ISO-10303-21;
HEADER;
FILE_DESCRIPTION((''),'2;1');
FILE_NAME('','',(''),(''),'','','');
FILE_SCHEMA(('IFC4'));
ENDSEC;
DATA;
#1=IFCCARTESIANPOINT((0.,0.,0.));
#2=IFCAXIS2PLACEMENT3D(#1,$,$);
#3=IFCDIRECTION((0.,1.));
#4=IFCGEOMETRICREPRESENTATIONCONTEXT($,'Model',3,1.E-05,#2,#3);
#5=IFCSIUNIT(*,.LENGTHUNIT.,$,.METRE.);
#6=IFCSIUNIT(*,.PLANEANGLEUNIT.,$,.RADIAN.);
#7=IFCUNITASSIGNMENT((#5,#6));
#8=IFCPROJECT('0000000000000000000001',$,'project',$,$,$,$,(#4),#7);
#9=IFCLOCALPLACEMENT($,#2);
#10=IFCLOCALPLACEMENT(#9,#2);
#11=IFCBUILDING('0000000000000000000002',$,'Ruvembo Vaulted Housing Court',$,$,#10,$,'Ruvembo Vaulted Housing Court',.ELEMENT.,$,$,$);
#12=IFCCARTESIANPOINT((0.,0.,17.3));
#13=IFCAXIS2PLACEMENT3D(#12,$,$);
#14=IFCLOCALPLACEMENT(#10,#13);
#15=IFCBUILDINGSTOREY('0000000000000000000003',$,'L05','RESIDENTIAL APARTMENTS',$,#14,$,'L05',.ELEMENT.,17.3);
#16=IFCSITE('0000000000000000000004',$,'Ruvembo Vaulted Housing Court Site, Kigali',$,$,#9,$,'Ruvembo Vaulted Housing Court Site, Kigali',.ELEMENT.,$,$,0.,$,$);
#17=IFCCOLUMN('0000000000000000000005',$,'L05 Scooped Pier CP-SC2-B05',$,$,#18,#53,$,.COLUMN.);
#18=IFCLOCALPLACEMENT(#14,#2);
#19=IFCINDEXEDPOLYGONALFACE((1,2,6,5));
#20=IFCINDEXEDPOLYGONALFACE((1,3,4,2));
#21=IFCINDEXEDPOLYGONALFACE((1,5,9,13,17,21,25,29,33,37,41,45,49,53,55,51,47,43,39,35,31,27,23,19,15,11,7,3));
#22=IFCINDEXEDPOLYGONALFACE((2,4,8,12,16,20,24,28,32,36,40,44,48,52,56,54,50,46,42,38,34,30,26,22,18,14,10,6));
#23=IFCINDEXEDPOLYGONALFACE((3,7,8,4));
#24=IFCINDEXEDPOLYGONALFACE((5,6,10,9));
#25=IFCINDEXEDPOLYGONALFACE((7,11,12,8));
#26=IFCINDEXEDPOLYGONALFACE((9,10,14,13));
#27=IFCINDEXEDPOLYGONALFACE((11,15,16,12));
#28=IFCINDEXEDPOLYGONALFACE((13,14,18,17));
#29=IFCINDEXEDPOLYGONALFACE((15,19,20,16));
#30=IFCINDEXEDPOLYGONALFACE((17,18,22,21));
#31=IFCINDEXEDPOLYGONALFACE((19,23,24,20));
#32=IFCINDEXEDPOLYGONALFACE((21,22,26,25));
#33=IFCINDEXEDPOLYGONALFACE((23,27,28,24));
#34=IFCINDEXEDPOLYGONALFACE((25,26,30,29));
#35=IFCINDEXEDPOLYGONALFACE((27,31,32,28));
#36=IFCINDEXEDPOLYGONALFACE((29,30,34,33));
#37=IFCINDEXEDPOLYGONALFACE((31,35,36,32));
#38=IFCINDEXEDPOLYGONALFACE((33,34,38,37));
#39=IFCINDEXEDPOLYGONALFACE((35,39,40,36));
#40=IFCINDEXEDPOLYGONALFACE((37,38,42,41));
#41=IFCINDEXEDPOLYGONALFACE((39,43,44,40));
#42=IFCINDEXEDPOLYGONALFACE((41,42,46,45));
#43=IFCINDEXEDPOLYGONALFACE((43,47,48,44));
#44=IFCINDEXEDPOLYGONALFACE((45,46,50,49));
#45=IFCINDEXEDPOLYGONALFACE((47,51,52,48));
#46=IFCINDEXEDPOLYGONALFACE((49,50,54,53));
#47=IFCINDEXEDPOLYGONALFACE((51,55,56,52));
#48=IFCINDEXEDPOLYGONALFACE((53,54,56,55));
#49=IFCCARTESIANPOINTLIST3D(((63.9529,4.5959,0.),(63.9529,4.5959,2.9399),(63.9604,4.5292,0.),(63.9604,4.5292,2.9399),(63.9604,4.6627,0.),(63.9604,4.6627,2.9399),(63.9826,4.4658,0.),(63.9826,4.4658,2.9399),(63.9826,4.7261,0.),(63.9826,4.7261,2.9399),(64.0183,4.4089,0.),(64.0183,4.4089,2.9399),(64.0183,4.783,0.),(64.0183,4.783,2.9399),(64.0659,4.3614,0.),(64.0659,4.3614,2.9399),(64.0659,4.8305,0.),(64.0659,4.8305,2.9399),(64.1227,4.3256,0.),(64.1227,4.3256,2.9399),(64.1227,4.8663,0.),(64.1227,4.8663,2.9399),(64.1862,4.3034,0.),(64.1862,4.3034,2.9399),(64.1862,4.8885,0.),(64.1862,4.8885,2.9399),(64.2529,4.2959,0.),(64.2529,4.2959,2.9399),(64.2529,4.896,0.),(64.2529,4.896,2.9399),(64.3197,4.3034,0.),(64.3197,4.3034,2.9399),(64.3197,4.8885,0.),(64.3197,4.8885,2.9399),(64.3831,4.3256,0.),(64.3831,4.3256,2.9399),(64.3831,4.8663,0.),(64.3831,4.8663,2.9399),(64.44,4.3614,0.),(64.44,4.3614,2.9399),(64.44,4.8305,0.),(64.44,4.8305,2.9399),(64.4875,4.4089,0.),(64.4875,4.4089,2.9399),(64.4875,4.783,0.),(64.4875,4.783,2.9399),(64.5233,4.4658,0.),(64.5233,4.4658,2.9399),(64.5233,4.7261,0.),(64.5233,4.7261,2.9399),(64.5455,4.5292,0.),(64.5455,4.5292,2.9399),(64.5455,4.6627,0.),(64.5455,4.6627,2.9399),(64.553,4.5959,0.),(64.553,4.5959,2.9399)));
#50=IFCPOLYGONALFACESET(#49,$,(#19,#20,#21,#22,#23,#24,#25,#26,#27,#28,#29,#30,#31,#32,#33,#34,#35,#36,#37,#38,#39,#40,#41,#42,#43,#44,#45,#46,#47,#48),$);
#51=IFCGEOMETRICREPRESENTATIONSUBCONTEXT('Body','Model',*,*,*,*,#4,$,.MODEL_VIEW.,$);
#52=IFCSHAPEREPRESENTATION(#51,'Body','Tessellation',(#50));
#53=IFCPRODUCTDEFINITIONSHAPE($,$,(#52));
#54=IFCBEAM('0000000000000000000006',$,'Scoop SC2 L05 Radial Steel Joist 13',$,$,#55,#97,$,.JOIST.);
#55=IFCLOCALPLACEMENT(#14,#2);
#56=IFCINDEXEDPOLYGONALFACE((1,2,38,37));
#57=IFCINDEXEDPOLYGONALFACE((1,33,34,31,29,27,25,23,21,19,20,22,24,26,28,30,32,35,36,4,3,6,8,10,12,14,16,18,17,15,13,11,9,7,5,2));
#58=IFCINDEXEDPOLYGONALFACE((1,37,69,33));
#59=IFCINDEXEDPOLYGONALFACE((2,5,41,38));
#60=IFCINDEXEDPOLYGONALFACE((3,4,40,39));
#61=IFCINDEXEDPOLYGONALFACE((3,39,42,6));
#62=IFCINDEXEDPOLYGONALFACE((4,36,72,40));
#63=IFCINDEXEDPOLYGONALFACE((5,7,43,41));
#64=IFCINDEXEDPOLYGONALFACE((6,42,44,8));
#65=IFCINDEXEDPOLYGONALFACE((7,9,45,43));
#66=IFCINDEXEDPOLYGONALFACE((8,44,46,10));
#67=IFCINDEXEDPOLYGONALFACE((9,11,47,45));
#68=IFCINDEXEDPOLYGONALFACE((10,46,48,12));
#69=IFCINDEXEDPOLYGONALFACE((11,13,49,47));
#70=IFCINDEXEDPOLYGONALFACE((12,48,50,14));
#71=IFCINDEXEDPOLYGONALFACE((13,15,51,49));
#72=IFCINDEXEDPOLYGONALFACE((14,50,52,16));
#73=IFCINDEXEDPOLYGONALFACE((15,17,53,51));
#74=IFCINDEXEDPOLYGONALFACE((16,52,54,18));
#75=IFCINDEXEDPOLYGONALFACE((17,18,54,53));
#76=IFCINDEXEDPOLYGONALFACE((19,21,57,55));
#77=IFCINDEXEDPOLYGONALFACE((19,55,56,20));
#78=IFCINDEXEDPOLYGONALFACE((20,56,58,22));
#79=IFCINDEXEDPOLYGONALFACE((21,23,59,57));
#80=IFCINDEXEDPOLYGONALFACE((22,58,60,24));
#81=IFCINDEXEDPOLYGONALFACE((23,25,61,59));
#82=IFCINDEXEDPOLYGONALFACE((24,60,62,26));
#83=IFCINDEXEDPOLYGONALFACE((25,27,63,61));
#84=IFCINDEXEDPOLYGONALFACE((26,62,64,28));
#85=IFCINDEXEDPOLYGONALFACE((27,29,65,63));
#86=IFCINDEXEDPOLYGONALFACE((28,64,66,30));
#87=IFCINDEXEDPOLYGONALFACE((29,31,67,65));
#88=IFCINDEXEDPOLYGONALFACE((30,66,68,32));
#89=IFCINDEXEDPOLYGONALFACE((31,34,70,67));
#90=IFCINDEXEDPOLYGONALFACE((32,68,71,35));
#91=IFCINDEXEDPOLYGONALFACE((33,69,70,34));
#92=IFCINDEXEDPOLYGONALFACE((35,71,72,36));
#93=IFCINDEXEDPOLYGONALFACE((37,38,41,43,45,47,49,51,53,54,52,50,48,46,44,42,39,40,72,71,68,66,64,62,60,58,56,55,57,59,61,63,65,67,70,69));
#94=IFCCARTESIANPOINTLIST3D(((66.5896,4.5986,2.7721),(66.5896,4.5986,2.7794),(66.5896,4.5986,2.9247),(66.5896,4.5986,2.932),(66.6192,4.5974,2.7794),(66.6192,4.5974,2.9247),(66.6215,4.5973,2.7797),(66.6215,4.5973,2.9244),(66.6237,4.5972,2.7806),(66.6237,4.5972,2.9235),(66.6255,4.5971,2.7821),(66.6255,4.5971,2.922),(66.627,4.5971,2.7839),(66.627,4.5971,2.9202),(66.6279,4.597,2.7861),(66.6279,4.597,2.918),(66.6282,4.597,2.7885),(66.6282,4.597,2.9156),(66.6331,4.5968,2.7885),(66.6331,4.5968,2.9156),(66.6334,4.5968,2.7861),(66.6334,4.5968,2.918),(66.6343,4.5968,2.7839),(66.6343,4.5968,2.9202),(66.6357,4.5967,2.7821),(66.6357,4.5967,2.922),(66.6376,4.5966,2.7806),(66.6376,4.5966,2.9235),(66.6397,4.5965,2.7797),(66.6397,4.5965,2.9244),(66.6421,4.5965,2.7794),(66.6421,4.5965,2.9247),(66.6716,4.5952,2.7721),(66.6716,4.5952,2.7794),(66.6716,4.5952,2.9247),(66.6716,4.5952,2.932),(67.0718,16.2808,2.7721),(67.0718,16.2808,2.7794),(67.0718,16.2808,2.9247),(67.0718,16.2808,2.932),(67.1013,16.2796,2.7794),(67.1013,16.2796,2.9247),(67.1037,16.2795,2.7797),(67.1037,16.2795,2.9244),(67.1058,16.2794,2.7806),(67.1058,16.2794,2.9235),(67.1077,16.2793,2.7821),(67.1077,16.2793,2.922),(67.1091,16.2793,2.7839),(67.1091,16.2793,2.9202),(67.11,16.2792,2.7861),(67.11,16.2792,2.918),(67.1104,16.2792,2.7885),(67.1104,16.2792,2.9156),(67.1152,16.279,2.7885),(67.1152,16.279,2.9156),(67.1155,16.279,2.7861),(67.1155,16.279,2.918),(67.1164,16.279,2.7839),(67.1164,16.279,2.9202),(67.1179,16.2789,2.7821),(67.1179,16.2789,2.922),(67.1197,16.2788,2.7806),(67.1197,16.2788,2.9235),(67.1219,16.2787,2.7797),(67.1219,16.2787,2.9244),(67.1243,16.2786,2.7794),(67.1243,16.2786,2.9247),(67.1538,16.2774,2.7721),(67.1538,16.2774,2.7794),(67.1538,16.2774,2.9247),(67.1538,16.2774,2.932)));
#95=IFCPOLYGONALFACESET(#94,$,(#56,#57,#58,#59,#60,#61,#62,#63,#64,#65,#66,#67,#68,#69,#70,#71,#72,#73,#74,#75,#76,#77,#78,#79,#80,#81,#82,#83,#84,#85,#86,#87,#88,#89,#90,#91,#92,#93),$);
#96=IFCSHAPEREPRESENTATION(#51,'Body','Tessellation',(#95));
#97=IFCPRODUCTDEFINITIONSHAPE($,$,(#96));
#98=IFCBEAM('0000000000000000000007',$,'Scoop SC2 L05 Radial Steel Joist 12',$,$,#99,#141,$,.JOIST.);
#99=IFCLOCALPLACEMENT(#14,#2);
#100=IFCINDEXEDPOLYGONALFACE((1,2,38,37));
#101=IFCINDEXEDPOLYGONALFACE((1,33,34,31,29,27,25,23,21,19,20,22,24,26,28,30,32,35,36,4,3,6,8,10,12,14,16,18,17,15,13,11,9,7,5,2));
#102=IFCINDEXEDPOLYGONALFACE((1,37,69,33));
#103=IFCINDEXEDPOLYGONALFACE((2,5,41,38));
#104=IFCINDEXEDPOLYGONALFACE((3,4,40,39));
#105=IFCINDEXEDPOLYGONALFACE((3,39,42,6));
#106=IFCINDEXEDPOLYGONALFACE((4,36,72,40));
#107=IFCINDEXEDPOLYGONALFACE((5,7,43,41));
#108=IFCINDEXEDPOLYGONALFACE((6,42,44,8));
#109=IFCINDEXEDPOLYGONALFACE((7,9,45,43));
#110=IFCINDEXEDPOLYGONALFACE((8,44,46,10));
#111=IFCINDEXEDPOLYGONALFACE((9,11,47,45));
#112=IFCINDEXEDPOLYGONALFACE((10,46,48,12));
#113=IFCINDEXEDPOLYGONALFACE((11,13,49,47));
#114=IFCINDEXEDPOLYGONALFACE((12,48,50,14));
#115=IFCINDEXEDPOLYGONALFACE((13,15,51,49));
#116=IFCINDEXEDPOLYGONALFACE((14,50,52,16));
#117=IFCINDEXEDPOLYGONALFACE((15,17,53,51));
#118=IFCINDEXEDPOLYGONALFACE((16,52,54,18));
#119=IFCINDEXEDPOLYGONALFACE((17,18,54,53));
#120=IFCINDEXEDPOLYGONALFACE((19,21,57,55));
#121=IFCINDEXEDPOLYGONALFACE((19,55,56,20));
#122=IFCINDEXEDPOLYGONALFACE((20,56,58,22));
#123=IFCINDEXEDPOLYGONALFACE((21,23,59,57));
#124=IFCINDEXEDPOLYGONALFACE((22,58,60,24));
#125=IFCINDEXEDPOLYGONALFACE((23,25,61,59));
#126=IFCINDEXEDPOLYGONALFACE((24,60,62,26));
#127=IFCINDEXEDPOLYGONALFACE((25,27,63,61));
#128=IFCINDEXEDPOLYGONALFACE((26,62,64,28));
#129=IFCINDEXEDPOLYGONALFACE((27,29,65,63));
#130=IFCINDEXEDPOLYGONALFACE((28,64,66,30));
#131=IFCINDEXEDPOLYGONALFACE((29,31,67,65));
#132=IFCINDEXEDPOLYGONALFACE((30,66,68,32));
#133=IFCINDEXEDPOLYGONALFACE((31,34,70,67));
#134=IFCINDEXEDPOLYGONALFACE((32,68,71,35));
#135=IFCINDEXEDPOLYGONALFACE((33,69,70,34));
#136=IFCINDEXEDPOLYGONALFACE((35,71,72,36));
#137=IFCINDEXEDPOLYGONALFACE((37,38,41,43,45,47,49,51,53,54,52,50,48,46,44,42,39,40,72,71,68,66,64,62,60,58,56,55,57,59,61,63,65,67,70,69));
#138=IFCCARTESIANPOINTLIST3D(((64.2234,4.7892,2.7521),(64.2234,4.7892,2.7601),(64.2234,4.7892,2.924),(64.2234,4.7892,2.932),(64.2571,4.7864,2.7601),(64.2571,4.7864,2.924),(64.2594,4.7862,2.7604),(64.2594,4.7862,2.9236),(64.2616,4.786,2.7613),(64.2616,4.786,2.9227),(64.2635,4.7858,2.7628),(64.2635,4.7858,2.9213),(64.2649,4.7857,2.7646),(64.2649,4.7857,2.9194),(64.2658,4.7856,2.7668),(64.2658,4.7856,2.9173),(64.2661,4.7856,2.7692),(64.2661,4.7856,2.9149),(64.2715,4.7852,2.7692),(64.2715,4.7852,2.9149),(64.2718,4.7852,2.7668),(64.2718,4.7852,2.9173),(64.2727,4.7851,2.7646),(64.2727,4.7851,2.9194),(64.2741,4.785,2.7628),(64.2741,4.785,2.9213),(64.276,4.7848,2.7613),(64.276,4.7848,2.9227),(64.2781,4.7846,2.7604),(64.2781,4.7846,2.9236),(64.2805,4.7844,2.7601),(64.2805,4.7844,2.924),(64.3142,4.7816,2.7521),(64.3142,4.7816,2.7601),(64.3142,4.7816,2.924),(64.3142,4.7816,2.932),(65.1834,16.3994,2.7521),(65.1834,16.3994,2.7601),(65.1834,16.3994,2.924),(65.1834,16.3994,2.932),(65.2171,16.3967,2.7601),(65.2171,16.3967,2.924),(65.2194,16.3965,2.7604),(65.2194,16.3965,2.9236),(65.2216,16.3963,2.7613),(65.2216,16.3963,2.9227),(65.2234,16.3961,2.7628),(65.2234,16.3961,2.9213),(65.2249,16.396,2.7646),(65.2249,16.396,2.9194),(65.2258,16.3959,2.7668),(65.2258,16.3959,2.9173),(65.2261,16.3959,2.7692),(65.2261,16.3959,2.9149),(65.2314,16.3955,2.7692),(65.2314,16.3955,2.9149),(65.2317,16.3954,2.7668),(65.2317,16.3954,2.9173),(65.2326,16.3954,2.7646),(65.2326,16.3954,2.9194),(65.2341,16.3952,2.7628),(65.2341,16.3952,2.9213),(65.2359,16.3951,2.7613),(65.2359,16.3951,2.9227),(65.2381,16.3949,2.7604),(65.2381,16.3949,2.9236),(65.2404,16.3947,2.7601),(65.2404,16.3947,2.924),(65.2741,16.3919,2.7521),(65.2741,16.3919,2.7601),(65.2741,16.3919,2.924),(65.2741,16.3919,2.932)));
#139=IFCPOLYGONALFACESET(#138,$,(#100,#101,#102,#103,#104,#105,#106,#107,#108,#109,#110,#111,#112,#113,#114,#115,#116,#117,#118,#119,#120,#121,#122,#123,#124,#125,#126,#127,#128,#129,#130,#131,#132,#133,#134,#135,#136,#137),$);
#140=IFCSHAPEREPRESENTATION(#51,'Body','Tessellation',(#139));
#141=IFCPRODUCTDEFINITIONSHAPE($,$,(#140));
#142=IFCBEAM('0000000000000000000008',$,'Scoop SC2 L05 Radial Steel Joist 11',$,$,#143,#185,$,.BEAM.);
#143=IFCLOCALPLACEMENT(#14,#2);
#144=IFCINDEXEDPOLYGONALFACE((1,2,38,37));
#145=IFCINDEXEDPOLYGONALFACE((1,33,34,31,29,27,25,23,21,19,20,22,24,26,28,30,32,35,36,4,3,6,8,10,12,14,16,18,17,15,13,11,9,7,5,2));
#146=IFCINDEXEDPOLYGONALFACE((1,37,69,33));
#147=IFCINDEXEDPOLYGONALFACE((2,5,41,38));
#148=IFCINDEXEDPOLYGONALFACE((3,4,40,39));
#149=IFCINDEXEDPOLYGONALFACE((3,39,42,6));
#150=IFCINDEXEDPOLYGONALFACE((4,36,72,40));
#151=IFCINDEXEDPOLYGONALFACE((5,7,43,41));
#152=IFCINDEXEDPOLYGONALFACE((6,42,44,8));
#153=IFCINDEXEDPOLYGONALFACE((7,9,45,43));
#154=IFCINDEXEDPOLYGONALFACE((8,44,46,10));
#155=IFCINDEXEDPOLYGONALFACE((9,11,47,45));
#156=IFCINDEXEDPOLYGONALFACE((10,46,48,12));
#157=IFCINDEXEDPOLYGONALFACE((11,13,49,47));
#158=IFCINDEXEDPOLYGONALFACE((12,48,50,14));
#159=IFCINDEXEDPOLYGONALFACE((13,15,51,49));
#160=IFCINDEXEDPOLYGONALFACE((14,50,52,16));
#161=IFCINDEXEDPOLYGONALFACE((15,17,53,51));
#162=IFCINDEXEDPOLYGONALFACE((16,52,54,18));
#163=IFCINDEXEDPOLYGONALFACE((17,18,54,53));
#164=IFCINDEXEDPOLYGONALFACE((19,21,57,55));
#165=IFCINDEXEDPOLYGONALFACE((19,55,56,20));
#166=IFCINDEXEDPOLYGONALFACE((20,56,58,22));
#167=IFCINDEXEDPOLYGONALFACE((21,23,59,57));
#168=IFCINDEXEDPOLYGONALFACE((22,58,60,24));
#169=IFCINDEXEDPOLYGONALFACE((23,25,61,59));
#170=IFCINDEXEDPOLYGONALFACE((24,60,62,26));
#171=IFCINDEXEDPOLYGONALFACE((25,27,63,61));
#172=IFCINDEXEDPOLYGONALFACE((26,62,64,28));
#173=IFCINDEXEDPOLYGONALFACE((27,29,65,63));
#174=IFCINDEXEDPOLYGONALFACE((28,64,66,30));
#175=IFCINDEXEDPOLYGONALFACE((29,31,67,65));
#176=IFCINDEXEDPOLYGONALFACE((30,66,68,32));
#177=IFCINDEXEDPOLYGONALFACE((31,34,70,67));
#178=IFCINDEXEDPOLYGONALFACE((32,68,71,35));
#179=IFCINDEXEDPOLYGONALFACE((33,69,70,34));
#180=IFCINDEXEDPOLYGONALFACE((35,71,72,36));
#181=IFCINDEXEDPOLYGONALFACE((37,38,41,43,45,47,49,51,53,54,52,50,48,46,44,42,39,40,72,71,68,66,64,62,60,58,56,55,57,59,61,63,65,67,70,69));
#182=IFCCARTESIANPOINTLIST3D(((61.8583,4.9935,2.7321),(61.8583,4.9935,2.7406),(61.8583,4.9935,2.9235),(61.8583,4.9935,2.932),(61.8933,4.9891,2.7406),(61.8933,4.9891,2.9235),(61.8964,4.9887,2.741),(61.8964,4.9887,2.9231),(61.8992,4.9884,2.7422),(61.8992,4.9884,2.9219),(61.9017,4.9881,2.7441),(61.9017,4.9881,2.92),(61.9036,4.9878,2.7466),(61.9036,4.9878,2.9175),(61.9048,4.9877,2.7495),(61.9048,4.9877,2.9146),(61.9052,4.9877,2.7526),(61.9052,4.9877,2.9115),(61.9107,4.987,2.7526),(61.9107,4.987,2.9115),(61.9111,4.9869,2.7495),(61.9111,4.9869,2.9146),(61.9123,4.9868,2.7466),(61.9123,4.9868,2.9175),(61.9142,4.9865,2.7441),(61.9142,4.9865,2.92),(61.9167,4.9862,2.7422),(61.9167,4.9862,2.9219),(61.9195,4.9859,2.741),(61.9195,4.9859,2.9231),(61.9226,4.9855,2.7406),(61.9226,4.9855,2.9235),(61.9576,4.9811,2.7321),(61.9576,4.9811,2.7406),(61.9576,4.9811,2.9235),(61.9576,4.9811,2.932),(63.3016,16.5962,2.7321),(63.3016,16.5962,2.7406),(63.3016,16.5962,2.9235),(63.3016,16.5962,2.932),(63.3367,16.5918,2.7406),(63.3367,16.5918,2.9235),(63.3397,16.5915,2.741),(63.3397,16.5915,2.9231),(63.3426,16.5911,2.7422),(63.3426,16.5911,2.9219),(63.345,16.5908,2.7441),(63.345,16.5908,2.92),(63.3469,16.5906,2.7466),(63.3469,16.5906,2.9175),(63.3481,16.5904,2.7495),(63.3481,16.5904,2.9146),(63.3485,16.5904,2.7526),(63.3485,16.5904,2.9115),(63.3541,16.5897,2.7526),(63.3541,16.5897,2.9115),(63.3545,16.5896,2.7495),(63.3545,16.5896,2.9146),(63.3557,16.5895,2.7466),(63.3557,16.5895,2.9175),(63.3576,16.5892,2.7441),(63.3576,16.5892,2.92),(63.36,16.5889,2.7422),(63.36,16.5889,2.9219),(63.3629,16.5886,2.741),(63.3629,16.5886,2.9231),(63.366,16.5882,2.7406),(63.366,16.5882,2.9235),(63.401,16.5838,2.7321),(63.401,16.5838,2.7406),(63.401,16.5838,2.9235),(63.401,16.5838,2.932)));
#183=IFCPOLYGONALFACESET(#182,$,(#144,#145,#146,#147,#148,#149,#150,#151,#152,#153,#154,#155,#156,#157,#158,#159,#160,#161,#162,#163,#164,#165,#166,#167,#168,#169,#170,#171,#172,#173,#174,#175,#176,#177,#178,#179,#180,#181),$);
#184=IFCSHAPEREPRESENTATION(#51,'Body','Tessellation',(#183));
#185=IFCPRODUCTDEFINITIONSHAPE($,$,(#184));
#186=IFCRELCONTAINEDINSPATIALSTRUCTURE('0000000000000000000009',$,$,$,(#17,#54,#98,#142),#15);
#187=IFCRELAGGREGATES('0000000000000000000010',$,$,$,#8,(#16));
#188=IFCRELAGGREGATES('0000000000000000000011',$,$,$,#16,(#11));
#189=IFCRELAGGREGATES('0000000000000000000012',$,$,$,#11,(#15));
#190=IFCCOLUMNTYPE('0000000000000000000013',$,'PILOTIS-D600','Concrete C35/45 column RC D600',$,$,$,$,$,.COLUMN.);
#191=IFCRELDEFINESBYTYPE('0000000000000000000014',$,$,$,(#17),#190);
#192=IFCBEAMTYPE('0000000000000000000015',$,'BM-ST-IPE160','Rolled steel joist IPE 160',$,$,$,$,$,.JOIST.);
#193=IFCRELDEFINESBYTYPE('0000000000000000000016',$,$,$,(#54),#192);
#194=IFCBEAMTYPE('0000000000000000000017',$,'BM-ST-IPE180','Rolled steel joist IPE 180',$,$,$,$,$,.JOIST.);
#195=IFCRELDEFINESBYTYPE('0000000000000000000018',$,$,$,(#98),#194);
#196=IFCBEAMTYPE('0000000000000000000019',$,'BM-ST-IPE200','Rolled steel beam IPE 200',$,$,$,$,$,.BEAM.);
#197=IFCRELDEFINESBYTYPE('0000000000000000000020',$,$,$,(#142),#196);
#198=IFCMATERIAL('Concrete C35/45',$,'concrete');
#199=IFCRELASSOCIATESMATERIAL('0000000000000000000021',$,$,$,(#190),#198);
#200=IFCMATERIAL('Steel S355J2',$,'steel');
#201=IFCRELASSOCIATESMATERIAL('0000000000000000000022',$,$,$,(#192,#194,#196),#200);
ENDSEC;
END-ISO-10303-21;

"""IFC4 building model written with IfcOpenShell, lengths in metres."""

from ifc_helpers import new_model, si_unit, direction, frame, origin, origin_2d, place, context, subcontext, project, spatial, circle, i_section, extrude, material, material_profile, profile_set, type_object, element, save


model = new_model("IFC4")

# Units and contexts
model_context = context("Model", 3, precision=1e-05, world=origin(), true_north=direction((0.0, 1.0)))
body_context = subcontext(model_context, "Body", "Model", "MODEL_VIEW")
ifc_project = project(units=[si_unit("LENGTHUNIT", "METRE"), si_unit("PLANEANGLEUNIT", "RADIAN")], contexts=[model_context])

# Site, building, storey
site_placement = place(None, origin())
site = spatial("IfcSite", under=ifc_project, at=site_placement, Name="Ruvembo Vaulted Housing Court Site, Kigali", LongName="Ruvembo Vaulted Housing Court Site, Kigali", CompositionType="ELEMENT", RefElevation=0.0)
building_placement = place(site_placement, origin())
building = spatial("IfcBuilding", under=site, at=building_placement, Name="Ruvembo Vaulted Housing Court", LongName="Ruvembo Vaulted Housing Court", CompositionType="ELEMENT")
storey_placement = place(building_placement, frame((0.0, 0.0, 17.3)))
storey = spatial("IfcBuildingStorey", under=building, at=storey_placement, Name="L05", Description="RESIDENTIAL APARTMENTS", LongName="L05", CompositionType="ELEMENT", Elevation=17.3)

# Column
ifc_material_1 = material(Name="Concrete C35/45", Category="concrete")
ifc_material_profile_1 = material_profile(ifc_material_1, circle(Radius=0.3, at=origin_2d()), Name="RC D600")
ifc_profile_set_1 = profile_set([ifc_material_profile_1], Name="Concrete C35/45")
column_type = type_object("IfcColumnType", Name="PILOTIS-D600", Description="Concrete C35/45 column RC D600", PredefinedType="COLUMN", material=ifc_profile_set_1)
column_placement = place(storey_placement, frame((64.2529, 4.5959, 0.0), z_axis=(0.0, 0.0, 1.0), x_axis=(1.0, 0.0, 0.0)))
element("IfcColumn", 1, at=column_placement, inside=storey, type_object=column_type, Name="L05 Scooped Pier CP-SC2-B05", PredefinedType="COLUMN", context=body_context, shape_type="SweptSolid", body=[
    extrude(circle(Radius=0.3, at=origin_2d()), origin(), (0.0, 0.0, 1.0), 2.9399),
])

# Beams
ifc_material_2 = material(Name="Steel S355J2", Category="steel")
ifc_material_profile_2 = material_profile(ifc_material_2, i_section(OverallWidth=0.082, OverallDepth=0.1599, WebThickness=0.0049, FlangeThickness=0.0073, FilletRadius=0.009, at=origin_2d()), Name="IPE 160")
ifc_profile_set_2 = profile_set([ifc_material_profile_2], Name="Steel S355J2")
beam_type_1 = type_object("IfcBeamType", Name="BM-ST-IPE160", Description="Rolled steel joist IPE 160", PredefinedType="JOIST", material=ifc_profile_set_2)
beam_1_placement = place(storey_placement, frame((66.6306, 4.5969, 2.8521), z_axis=(0.04124, 0.999149, 0.0), x_axis=(-0.999149, 0.04124, 0.0)))
element("IfcBeam", 2, at=beam_1_placement, inside=storey, type_object=beam_type_1, Name="Scoop SC2 L05 Radial Steel Joist 13", PredefinedType="JOIST", context=body_context, shape_type="SweptSolid", body=[
    extrude(i_section(OverallWidth=0.082, OverallDepth=0.1599, WebThickness=0.0049, FlangeThickness=0.0073, FilletRadius=0.009, at=origin_2d()), origin(), (0.0, 0.0, 1.0), 11.6921),
])
ifc_material_profile_3 = material_profile(ifc_material_2, i_section(OverallWidth=0.0911, OverallDepth=0.1799, WebThickness=0.0054, FlangeThickness=0.0081, FilletRadius=0.009, at=origin_2d()), Name="IPE 180")
ifc_profile_set_3 = profile_set([ifc_material_profile_3], Name="Steel S355J2")
beam_type_2 = type_object("IfcBeamType", Name="BM-ST-IPE180", Description="Rolled steel joist IPE 180", PredefinedType="JOIST", material=ifc_profile_set_3)
beam_2_placement = place(storey_placement, frame((64.2688, 4.7854, 2.842), z_axis=(0.0824, 0.996599, 0.0), x_axis=(-0.996599, 0.0824, 0.0)))
element("IfcBeam", 3, at=beam_2_placement, inside=storey, type_object=beam_type_2, Name="Scoop SC2 L05 Radial Steel Joist 12", PredefinedType="JOIST", context=body_context, shape_type="SweptSolid", body=[
    extrude(i_section(OverallWidth=0.0911, OverallDepth=0.1799, WebThickness=0.0054, FlangeThickness=0.0081, FilletRadius=0.009, at=origin_2d()), origin(), (0.0, 0.0, 1.0), 11.6499),
])
ifc_material_profile_4 = material_profile(ifc_material_2, i_section(OverallWidth=0.1001, OverallDepth=0.2, WebThickness=0.0056, FlangeThickness=0.0085, FilletRadius=0.012, at=origin_2d()), Name="IPE 200")
ifc_profile_set_4 = profile_set([ifc_material_profile_4], Name="Steel S355J2")
beam_type_3 = type_object("IfcBeamType", Name="BM-ST-IPE200", Description="Rolled steel beam IPE 200", PredefinedType="BEAM", material=ifc_profile_set_4)
beam_3_placement = place(storey_placement, frame((61.908, 4.9873, 2.832), z_axis=(0.123446, 0.992351, 0.0), x_axis=(-0.992351, 0.123446, 0.0)))
element("IfcBeam", 4, at=beam_3_placement, inside=storey, type_object=beam_type_3, Name="Scoop SC2 L05 Radial Steel Joist 11", PredefinedType="BEAM", context=body_context, shape_type="SweptSolid", body=[
    extrude(i_section(OverallWidth=0.1001, OverallDepth=0.2, WebThickness=0.0056, FlangeThickness=0.0085, FilletRadius=0.012, at=origin_2d()), origin(), (0.0, 0.0, 1.0), 11.6921),
])

save(model, "model.ifc")
